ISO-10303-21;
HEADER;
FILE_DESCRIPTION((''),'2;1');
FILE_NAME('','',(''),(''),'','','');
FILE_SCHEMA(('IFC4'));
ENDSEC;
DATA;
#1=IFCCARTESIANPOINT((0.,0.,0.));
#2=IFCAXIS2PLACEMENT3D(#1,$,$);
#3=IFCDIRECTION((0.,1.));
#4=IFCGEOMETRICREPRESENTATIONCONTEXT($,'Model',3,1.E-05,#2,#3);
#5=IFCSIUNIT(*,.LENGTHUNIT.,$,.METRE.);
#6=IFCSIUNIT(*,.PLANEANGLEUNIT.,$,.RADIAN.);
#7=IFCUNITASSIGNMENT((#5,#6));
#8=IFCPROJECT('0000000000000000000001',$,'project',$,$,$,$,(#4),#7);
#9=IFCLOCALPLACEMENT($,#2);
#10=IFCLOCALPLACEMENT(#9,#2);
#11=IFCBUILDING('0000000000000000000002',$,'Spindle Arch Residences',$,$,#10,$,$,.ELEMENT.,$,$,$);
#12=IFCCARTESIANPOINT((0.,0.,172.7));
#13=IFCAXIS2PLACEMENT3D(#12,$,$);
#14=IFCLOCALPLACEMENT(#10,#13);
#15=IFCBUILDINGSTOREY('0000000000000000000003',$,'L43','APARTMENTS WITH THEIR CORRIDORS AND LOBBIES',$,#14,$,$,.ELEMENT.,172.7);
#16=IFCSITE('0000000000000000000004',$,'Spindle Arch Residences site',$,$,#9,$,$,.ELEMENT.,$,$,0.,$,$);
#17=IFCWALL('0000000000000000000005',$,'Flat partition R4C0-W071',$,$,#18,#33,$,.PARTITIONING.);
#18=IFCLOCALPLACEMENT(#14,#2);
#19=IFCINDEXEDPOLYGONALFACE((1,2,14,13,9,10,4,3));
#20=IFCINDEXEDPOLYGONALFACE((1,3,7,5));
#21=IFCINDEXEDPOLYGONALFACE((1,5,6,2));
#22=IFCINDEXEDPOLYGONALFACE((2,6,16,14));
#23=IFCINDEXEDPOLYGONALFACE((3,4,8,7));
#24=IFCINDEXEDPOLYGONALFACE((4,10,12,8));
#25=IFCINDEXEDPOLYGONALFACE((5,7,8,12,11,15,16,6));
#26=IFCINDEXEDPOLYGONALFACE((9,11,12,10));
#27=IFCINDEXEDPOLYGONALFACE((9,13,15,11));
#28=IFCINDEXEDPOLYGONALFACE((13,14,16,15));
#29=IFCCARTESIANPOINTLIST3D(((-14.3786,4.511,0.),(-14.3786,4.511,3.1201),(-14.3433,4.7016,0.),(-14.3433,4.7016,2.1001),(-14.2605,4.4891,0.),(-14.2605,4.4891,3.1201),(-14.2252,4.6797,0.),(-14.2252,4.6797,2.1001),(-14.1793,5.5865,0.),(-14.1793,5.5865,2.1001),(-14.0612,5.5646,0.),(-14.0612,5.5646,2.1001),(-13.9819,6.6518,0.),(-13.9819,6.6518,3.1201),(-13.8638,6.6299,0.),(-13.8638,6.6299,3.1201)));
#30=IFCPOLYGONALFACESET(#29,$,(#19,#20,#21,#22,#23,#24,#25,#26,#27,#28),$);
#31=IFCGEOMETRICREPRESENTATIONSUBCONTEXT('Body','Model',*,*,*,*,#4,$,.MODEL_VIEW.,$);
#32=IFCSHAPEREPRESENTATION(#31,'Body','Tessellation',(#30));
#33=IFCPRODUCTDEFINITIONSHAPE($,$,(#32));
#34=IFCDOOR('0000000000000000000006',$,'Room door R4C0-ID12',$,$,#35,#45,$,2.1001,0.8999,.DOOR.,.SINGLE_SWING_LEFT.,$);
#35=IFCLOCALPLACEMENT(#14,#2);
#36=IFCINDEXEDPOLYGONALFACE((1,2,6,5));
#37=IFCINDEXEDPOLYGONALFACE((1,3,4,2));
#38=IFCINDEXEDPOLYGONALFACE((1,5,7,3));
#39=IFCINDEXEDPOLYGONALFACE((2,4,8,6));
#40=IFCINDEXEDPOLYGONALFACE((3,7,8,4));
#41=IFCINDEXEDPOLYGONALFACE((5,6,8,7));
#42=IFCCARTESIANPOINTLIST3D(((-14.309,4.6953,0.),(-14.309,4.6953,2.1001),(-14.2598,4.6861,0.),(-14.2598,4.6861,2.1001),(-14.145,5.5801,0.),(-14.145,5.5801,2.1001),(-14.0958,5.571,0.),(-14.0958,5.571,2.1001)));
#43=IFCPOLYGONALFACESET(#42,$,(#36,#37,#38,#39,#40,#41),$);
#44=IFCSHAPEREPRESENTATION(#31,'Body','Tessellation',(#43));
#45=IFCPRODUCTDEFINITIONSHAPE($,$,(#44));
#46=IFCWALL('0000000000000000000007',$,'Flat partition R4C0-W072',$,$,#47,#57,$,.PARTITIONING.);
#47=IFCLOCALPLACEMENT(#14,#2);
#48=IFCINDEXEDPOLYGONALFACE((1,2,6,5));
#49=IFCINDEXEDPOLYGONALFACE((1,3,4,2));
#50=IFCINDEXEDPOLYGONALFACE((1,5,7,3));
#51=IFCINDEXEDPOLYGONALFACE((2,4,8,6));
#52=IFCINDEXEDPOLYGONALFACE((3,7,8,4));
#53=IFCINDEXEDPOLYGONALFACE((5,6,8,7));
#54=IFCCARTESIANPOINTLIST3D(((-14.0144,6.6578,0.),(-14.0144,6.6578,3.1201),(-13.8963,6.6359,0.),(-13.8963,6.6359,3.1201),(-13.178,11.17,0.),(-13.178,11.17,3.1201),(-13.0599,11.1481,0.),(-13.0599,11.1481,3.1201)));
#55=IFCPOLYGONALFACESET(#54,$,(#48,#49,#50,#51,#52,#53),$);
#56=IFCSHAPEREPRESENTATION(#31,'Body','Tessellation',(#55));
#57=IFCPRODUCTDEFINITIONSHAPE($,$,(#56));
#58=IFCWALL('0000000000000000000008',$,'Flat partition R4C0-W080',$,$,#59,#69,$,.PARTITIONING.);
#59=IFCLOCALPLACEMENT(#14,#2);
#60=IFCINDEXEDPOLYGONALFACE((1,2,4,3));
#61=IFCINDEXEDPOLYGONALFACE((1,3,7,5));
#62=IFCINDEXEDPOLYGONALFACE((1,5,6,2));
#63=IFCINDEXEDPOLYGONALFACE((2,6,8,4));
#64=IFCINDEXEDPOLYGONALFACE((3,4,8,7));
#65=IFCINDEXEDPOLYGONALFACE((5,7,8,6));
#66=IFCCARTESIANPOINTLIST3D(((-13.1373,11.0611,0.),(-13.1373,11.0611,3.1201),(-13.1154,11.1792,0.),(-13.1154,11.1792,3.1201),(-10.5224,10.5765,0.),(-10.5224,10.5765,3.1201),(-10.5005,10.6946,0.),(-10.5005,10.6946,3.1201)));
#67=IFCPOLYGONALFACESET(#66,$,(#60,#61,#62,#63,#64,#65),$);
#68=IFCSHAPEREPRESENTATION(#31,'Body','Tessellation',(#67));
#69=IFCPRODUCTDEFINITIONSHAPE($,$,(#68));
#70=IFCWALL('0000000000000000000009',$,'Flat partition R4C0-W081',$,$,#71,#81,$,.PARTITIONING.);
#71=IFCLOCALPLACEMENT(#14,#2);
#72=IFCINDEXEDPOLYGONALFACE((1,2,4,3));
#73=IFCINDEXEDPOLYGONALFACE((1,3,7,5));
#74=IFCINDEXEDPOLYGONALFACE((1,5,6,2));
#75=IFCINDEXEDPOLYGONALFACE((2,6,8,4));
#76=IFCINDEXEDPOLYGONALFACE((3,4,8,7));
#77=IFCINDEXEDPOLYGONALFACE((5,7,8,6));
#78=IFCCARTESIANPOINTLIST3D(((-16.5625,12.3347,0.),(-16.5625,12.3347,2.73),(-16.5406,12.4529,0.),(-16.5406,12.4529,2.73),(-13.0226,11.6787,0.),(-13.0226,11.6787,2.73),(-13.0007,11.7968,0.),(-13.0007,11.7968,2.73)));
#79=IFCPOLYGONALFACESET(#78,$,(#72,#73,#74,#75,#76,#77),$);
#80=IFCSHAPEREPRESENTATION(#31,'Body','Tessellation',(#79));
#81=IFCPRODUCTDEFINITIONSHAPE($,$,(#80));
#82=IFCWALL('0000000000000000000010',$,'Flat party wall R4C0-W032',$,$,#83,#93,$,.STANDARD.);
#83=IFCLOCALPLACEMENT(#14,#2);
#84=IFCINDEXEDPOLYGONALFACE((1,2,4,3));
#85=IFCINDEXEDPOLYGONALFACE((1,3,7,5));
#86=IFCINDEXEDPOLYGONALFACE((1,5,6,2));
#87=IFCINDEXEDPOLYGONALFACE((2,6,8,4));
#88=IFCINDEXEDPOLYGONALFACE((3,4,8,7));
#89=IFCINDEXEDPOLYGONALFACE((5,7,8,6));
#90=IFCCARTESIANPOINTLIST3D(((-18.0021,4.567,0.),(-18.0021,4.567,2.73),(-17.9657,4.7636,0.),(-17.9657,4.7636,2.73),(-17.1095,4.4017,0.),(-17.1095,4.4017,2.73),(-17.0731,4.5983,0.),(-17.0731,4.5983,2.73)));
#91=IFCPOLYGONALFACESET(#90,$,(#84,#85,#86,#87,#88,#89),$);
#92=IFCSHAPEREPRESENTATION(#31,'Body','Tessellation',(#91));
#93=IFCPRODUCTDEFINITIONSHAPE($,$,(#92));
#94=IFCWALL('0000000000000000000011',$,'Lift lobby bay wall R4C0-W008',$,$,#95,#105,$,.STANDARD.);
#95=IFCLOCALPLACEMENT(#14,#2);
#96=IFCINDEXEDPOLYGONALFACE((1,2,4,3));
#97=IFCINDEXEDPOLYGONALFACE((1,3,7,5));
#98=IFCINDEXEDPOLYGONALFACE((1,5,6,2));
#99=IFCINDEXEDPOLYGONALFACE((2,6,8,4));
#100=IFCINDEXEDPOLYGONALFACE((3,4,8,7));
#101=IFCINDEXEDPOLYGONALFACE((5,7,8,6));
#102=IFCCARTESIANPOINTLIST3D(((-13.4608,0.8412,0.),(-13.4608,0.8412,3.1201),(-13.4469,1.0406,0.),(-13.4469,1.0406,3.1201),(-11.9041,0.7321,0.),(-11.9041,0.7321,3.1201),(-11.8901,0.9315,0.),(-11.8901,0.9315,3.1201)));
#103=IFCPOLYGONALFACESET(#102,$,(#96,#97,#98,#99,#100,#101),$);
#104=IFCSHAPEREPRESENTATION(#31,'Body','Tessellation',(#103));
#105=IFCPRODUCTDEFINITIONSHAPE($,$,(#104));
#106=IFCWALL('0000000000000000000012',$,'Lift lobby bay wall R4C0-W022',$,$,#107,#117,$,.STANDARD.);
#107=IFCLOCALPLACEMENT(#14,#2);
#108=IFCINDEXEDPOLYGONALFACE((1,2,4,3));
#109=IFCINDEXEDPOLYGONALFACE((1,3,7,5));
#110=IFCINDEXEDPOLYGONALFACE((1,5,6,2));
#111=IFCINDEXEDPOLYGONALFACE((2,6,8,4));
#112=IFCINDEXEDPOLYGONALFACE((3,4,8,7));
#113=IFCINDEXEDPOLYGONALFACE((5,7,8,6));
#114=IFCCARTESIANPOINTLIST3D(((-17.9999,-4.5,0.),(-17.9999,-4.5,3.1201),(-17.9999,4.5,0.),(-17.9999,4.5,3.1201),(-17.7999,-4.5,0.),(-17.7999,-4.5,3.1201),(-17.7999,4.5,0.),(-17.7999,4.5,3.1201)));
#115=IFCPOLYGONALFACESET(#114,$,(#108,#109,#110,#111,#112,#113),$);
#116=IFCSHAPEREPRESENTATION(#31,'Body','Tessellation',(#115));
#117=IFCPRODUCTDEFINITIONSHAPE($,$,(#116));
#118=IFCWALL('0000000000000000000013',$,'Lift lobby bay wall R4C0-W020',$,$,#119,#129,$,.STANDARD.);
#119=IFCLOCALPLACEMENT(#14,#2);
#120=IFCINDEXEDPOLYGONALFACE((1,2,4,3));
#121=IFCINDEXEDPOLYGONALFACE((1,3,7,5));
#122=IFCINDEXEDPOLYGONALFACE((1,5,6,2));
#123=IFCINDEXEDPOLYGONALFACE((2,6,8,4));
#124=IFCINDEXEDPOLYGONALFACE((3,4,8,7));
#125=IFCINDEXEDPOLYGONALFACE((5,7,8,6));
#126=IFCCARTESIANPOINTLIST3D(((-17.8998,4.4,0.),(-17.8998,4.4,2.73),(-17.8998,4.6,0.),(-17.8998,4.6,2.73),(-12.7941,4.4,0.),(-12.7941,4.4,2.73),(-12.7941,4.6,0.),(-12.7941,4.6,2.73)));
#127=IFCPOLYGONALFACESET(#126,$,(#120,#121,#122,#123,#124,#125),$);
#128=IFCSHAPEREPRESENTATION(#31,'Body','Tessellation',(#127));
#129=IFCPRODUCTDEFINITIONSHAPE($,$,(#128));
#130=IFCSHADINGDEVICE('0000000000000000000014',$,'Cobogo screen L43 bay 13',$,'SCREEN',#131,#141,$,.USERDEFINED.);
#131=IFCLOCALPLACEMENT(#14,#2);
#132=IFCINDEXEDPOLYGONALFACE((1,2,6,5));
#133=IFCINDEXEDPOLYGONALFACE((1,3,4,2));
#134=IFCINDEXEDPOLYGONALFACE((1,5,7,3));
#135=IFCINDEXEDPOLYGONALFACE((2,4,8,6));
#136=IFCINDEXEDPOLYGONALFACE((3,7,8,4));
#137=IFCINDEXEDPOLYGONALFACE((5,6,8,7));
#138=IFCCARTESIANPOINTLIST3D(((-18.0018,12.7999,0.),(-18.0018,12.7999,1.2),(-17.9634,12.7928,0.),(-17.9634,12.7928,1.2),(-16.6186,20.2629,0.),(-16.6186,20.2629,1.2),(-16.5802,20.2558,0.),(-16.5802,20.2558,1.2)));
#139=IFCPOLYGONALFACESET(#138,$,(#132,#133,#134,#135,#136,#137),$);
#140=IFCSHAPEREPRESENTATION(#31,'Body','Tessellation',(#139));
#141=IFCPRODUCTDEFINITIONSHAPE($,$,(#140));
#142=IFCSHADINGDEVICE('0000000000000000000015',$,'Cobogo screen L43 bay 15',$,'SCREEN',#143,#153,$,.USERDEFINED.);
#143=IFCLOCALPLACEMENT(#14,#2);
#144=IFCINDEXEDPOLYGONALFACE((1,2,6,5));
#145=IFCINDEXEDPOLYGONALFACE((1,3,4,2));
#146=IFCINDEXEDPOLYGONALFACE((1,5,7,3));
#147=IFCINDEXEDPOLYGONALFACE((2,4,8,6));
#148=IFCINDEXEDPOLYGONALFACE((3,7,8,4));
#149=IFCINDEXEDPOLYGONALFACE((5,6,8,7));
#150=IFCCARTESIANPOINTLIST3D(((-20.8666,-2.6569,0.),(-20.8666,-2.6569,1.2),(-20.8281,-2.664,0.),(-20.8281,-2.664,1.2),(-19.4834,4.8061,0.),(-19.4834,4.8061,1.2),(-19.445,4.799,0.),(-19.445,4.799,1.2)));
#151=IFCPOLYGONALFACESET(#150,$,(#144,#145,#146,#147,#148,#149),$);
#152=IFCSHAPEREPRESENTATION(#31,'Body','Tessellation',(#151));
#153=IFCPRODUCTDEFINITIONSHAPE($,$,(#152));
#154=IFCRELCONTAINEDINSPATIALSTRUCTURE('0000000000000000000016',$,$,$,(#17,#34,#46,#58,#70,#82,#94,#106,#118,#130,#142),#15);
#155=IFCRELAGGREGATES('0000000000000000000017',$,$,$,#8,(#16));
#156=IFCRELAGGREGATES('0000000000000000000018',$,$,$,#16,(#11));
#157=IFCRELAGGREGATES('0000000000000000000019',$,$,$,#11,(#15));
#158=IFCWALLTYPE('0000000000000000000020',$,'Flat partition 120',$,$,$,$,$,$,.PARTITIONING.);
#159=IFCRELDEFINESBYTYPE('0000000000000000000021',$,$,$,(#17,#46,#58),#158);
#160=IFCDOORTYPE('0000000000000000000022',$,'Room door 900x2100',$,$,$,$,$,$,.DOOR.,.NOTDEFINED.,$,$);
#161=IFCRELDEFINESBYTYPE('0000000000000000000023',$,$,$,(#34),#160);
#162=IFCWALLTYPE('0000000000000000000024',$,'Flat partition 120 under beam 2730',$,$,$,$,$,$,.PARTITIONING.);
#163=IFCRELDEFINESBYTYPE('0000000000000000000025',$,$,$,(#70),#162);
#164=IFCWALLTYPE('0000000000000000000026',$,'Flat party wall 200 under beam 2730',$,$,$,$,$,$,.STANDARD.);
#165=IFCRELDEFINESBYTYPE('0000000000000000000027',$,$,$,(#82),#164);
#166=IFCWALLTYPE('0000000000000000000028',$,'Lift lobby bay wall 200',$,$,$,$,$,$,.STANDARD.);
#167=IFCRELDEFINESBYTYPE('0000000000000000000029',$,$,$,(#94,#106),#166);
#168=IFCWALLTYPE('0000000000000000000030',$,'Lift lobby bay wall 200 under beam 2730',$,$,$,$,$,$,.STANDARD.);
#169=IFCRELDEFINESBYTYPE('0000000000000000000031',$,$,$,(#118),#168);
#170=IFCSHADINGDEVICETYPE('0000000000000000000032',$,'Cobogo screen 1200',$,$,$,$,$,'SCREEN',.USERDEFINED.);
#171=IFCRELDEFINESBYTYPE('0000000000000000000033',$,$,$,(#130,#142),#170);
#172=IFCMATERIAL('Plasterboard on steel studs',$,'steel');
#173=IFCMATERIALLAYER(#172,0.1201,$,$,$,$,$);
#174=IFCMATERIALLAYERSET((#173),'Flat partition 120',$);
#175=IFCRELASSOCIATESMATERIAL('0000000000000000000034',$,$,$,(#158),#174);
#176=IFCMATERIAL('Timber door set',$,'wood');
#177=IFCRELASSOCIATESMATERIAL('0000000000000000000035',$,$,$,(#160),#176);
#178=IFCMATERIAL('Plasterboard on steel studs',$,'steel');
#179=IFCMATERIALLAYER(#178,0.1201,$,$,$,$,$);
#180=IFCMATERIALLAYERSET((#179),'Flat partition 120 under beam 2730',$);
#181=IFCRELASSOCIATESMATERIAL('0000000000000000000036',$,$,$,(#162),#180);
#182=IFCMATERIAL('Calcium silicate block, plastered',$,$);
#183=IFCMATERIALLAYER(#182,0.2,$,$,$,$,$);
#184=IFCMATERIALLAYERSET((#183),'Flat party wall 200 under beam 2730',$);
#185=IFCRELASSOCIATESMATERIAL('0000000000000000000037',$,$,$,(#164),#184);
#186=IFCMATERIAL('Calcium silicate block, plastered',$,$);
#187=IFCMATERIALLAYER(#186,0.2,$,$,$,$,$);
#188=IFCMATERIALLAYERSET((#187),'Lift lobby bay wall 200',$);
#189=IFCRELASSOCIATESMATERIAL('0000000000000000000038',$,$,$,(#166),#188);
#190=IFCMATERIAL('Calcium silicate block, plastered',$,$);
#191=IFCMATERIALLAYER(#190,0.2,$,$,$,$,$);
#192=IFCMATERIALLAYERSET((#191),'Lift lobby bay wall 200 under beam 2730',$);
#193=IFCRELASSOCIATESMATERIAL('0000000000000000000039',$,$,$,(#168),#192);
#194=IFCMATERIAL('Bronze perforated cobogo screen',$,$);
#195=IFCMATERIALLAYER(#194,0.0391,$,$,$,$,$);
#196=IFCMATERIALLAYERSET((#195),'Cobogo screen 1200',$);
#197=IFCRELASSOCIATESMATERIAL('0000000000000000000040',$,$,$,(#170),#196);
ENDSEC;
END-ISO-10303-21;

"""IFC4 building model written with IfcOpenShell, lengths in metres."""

from ifc_helpers import new_model, si_unit, direction, frame, frame_2d, origin, origin_2d, place, context, subcontext, project, spatial, rectangle, extrude, material, layer, layer_set, type_object, element, fill, save


model = new_model("IFC4")

# Units and contexts
model_context = context("Model", 3, precision=1e-05, world=origin(), true_north=direction((0.0, 1.0)))
body_context = subcontext(model_context, "Body", "Model", "MODEL_VIEW")
ifc_project = project(units=[si_unit("LENGTHUNIT", "METRE"), si_unit("PLANEANGLEUNIT", "RADIAN")], contexts=[model_context])

# Site, building, storey
site_placement = place(None, origin())
site = spatial("IfcSite", under=ifc_project, at=site_placement, Name="Spindle Arch Residences site", CompositionType="ELEMENT", RefElevation=0.0)
building_placement = place(site_placement, origin())
building = spatial("IfcBuilding", under=site, at=building_placement, Name="Spindle Arch Residences", CompositionType="ELEMENT")
storey_placement = place(building_placement, frame((0.0, 0.0, 172.7)))
storey = spatial("IfcBuildingStorey", under=building, at=storey_placement, Name="L43", Description="APARTMENTS WITH THEIR CORRIDORS AND LOBBIES", CompositionType="ELEMENT", Elevation=172.7)

# Wall, opening, door
ifc_material_1 = material(Name="Plasterboard on steel studs", Category="steel")
ifc_layer_1 = layer(ifc_material_1, 0.1201)
ifc_layer_set_1 = layer_set([ifc_layer_1], Name="Flat partition 120")
wall_type_1 = type_object("IfcWallType", Name="Flat partition 120", PredefinedType="PARTITIONING", material=ifc_layer_set_1)
wall_1_placement = place(storey_placement, frame((-13.9229, 6.6409, 0.0), z_axis=(0.0, 0.0, 1.0), x_axis=(-0.18221, -0.98326, 0.0)))
wall_1 = element("IfcWall", 1, at=wall_1_placement, inside=storey, type_object=wall_type_1, Name="Flat partition R4C0-W071", PredefinedType="PARTITIONING", context=body_context, shape_type="SweptSolid", body=[
    extrude(rectangle(XDim=2.1772, YDim=0.1201, at=frame_2d((1.0886, 0.0))), origin(), (0.0, 0.0, 1.0), 3.1201),
])
opening_1_placement = place(wall_1_placement, frame((1.0835, 0.0, 0.0)))
opening_1 = element("IfcOpeningElement", 2, at=opening_1_placement, cuts=wall_1, PredefinedType="OPENING", context=body_context, shape_type="SweptSolid", body=[
    extrude(rectangle(XDim=0.8999, YDim=2.1001, at=frame_2d((0.45, 1.05))), frame((0.0, 0.0701, 0.0), z_axis=(0.0, -1.0, 0.0), x_axis=(1.0, 0.0, 0.0)), (0.0, 0.0, 1.0), 0.1401),
])
ifc_material_2 = material(Name="Timber door set", Category="wood")
door_type_1 = type_object("IfcDoorType", Name="Room door 900x2100", OperationType="NOTDEFINED", PredefinedType="DOOR", material=ifc_material_2)
door_1_placement = place(opening_1_placement, origin())
door_1 = element("IfcDoor", 3, at=door_1_placement, inside=storey, type_object=door_type_1, Name="Room door R4C0-ID12", OperationType="SINGLE_SWING_LEFT", OverallHeight=2.1001, OverallWidth=0.8999, PredefinedType="DOOR", context=body_context, shape_type="SweptSolid", body=[
    extrude(rectangle(XDim=0.8999, YDim=2.1001, at=frame_2d((0.45, 1.05))), frame((0.0, 0.0249, 0.0), z_axis=(0.0, -1.0, 0.0), x_axis=(1.0, 0.0, 0.0)), (0.0, 0.0, 1.0), 0.05),
])
fill(opening_1, door_1)

# Walls
wall_2_placement = place(storey_placement, frame((-13.9553, 6.647, 0.0), z_axis=(0.0, 0.0, 1.0), x_axis=(0.182265, 0.98325, 0.0)))
element("IfcWall", 4, at=wall_2_placement, inside=storey, type_object=wall_type_1, Name="Flat partition R4C0-W072", PredefinedType="PARTITIONING", context=body_context, shape_type="SweptSolid", body=[
    extrude(rectangle(XDim=4.5891, YDim=0.1201, at=frame_2d((2.2944, 0.0))), origin(), (0.0, 0.0, 1.0), 3.1201),
])
wall_3_placement = place(storey_placement, frame((-13.1262, 11.1201, 0.0), z_axis=(0.0, 0.0, 1.0), x_axis=(0.983258, -0.182221, 0.0)))
element("IfcWall", 5, at=wall_3_placement, inside=storey, type_object=wall_type_1, Name="Flat partition R4C0-W080", PredefinedType="PARTITIONING", context=body_context, shape_type="SweptSolid", body=[
    extrude(rectangle(XDim=2.6594, YDim=0.1201, at=frame_2d((1.3296, 0.0))), origin(), (0.0, 0.0, 1.0), 3.1201),
])
ifc_material_3 = material(Name="Plasterboard on steel studs", Category="steel")
ifc_layer_2 = layer(ifc_material_3, 0.1201)
ifc_layer_set_2 = layer_set([ifc_layer_2], Name="Flat partition 120 under beam 2730")
wall_type_2 = type_object("IfcWallType", Name="Flat partition 120 under beam 2730", PredefinedType="PARTITIONING", material=ifc_layer_set_2)
wall_4_placement = place(storey_placement, frame((-16.5515, 12.3938, 0.0), z_axis=(0.0, 0.0, 1.0), x_axis=(0.983258, -0.18222, 0.0)))
element("IfcWall", 6, at=wall_4_placement, inside=storey, type_object=wall_type_2, Name="Flat partition R4C0-W081", PredefinedType="PARTITIONING", context=body_context, shape_type="SweptSolid", body=[
    extrude(rectangle(XDim=3.6001, YDim=0.1201, at=frame_2d((1.8, 0.0))), origin(), (0.0, 0.0, 1.0), 2.73),
])
ifc_material_4 = material(Name="Calcium silicate block, plastered")
ifc_layer_3 = layer(ifc_material_4, 0.2)
ifc_layer_set_3 = layer_set([ifc_layer_3], Name="Flat party wall 200 under beam 2730")
wall_type_3 = type_object("IfcWallType", Name="Flat party wall 200 under beam 2730", PredefinedType="STANDARD", material=ifc_layer_set_3)
wall_5_placement = place(storey_placement, frame((-17.9839, 4.6653, 0.0), z_axis=(0.0, 0.0, 1.0), x_axis=(0.983284, -0.18208, 0.0)))
element("IfcWall", 7, at=wall_5_placement, inside=storey, type_object=wall_type_3, Name="Flat party wall R4C0-W032", PredefinedType="STANDARD", context=body_context, shape_type="SweptSolid", body=[
    extrude(rectangle(XDim=0.9077, YDim=0.2, at=frame_2d((0.4539, 0.0))), origin(), (0.0, 0.0, 1.0), 2.73),
])

# Walls
ifc_material_5 = material(Name="Calcium silicate block, plastered")
ifc_layer_4 = layer(ifc_material_5, 0.2)
ifc_layer_set_4 = layer_set([ifc_layer_4], Name="Lift lobby bay wall 200")
wall_type_4 = type_object("IfcWallType", Name="Lift lobby bay wall 200", PredefinedType="STANDARD", material=ifc_layer_set_4)
wall_6_placement = place(storey_placement, frame((-13.4539, 0.9409, 0.0), z_axis=(0.0, 0.0, 1.0), x_axis=(0.997552, -0.069935, 0.0)))
element("IfcWall", 8, at=wall_6_placement, inside=storey, type_object=wall_type_4, Name="Lift lobby bay wall R4C0-W008", PredefinedType="STANDARD", context=body_context, shape_type="SweptSolid", body=[
    extrude(rectangle(XDim=1.5605, YDim=0.2, at=frame_2d((0.7803, 0.0))), origin(), (0.0, 0.0, 1.0), 3.1201),
])
wall_7_placement = place(storey_placement, frame((-17.8999, 4.5, 0.0), z_axis=(0.0, 0.0, 1.0), x_axis=(0.0, -1.0, 0.0)))
element("IfcWall", 9, at=wall_7_placement, inside=storey, type_object=wall_type_4, Name="Lift lobby bay wall R4C0-W022", PredefinedType="STANDARD", context=body_context, shape_type="SweptSolid", body=[
    extrude(rectangle(XDim=9.0, YDim=0.2, at=frame_2d((4.5, 0.0))), origin(), (0.0, 0.0, 1.0), 3.1201),
])
ifc_material_6 = material(Name="Calcium silicate block, plastered")
ifc_layer_5 = layer(ifc_material_6, 0.2)
ifc_layer_set_5 = layer_set([ifc_layer_5], Name="Lift lobby bay wall 200 under beam 2730")
wall_type_5 = type_object("IfcWallType", Name="Lift lobby bay wall 200 under beam 2730", PredefinedType="STANDARD", material=ifc_layer_set_5)
wall_8_placement = place(storey_placement, frame((-12.7942, 4.5, 0.0), z_axis=(0.0, 0.0, 1.0), x_axis=(-1.0, 0.0, 0.0)))
element("IfcWall", 10, at=wall_8_placement, inside=storey, type_object=wall_type_5, Name="Lift lobby bay wall R4C0-W020", PredefinedType="STANDARD", context=body_context, shape_type="SweptSolid", body=[
    extrude(rectangle(XDim=5.1057, YDim=0.2, at=frame_2d((2.5527, 0.0))), origin(), (0.0, 0.0, 1.0), 2.73),
])

# Shading devices
ifc_material_7 = material(Name="Bronze perforated cobogo screen")
ifc_layer_6 = layer(ifc_material_7, 0.0391)
ifc_layer_set_6 = layer_set([ifc_layer_6], Name="Cobogo screen 1200")
shading_device_type = type_object("IfcShadingDeviceType", Name="Cobogo screen 1200", ElementType="SCREEN", PredefinedType="USERDEFINED", material=ifc_layer_set_6)
for number, where, z_axis, x_axis, name in (
    (11, (-17.291, 16.5278, 0.0), (0.0, 0.0, 1.0), (-0.182236, -0.983255, 0.0), "Cobogo screen L43 bay 13"),
    (12, (-20.1558, 1.071, 0.0), (0.0, 0.0, 1.0), (-0.182236, -0.983255, 0.0), "Cobogo screen L43 bay 15"),
):
    element("IfcShadingDevice", number, at=place(storey_placement, frame(where, z_axis=z_axis, x_axis=x_axis)), inside=storey, type_object=shading_device_type, Name=name, ObjectType="SCREEN", PredefinedType="USERDEFINED", context=body_context, shape_type="SweptSolid", body=[
        extrude(rectangle(XDim=7.5901, YDim=0.0391, at=origin_2d()), origin(), (0.0, 0.0, 1.0), 1.2),
    ])

save(model, "model.ifc")
